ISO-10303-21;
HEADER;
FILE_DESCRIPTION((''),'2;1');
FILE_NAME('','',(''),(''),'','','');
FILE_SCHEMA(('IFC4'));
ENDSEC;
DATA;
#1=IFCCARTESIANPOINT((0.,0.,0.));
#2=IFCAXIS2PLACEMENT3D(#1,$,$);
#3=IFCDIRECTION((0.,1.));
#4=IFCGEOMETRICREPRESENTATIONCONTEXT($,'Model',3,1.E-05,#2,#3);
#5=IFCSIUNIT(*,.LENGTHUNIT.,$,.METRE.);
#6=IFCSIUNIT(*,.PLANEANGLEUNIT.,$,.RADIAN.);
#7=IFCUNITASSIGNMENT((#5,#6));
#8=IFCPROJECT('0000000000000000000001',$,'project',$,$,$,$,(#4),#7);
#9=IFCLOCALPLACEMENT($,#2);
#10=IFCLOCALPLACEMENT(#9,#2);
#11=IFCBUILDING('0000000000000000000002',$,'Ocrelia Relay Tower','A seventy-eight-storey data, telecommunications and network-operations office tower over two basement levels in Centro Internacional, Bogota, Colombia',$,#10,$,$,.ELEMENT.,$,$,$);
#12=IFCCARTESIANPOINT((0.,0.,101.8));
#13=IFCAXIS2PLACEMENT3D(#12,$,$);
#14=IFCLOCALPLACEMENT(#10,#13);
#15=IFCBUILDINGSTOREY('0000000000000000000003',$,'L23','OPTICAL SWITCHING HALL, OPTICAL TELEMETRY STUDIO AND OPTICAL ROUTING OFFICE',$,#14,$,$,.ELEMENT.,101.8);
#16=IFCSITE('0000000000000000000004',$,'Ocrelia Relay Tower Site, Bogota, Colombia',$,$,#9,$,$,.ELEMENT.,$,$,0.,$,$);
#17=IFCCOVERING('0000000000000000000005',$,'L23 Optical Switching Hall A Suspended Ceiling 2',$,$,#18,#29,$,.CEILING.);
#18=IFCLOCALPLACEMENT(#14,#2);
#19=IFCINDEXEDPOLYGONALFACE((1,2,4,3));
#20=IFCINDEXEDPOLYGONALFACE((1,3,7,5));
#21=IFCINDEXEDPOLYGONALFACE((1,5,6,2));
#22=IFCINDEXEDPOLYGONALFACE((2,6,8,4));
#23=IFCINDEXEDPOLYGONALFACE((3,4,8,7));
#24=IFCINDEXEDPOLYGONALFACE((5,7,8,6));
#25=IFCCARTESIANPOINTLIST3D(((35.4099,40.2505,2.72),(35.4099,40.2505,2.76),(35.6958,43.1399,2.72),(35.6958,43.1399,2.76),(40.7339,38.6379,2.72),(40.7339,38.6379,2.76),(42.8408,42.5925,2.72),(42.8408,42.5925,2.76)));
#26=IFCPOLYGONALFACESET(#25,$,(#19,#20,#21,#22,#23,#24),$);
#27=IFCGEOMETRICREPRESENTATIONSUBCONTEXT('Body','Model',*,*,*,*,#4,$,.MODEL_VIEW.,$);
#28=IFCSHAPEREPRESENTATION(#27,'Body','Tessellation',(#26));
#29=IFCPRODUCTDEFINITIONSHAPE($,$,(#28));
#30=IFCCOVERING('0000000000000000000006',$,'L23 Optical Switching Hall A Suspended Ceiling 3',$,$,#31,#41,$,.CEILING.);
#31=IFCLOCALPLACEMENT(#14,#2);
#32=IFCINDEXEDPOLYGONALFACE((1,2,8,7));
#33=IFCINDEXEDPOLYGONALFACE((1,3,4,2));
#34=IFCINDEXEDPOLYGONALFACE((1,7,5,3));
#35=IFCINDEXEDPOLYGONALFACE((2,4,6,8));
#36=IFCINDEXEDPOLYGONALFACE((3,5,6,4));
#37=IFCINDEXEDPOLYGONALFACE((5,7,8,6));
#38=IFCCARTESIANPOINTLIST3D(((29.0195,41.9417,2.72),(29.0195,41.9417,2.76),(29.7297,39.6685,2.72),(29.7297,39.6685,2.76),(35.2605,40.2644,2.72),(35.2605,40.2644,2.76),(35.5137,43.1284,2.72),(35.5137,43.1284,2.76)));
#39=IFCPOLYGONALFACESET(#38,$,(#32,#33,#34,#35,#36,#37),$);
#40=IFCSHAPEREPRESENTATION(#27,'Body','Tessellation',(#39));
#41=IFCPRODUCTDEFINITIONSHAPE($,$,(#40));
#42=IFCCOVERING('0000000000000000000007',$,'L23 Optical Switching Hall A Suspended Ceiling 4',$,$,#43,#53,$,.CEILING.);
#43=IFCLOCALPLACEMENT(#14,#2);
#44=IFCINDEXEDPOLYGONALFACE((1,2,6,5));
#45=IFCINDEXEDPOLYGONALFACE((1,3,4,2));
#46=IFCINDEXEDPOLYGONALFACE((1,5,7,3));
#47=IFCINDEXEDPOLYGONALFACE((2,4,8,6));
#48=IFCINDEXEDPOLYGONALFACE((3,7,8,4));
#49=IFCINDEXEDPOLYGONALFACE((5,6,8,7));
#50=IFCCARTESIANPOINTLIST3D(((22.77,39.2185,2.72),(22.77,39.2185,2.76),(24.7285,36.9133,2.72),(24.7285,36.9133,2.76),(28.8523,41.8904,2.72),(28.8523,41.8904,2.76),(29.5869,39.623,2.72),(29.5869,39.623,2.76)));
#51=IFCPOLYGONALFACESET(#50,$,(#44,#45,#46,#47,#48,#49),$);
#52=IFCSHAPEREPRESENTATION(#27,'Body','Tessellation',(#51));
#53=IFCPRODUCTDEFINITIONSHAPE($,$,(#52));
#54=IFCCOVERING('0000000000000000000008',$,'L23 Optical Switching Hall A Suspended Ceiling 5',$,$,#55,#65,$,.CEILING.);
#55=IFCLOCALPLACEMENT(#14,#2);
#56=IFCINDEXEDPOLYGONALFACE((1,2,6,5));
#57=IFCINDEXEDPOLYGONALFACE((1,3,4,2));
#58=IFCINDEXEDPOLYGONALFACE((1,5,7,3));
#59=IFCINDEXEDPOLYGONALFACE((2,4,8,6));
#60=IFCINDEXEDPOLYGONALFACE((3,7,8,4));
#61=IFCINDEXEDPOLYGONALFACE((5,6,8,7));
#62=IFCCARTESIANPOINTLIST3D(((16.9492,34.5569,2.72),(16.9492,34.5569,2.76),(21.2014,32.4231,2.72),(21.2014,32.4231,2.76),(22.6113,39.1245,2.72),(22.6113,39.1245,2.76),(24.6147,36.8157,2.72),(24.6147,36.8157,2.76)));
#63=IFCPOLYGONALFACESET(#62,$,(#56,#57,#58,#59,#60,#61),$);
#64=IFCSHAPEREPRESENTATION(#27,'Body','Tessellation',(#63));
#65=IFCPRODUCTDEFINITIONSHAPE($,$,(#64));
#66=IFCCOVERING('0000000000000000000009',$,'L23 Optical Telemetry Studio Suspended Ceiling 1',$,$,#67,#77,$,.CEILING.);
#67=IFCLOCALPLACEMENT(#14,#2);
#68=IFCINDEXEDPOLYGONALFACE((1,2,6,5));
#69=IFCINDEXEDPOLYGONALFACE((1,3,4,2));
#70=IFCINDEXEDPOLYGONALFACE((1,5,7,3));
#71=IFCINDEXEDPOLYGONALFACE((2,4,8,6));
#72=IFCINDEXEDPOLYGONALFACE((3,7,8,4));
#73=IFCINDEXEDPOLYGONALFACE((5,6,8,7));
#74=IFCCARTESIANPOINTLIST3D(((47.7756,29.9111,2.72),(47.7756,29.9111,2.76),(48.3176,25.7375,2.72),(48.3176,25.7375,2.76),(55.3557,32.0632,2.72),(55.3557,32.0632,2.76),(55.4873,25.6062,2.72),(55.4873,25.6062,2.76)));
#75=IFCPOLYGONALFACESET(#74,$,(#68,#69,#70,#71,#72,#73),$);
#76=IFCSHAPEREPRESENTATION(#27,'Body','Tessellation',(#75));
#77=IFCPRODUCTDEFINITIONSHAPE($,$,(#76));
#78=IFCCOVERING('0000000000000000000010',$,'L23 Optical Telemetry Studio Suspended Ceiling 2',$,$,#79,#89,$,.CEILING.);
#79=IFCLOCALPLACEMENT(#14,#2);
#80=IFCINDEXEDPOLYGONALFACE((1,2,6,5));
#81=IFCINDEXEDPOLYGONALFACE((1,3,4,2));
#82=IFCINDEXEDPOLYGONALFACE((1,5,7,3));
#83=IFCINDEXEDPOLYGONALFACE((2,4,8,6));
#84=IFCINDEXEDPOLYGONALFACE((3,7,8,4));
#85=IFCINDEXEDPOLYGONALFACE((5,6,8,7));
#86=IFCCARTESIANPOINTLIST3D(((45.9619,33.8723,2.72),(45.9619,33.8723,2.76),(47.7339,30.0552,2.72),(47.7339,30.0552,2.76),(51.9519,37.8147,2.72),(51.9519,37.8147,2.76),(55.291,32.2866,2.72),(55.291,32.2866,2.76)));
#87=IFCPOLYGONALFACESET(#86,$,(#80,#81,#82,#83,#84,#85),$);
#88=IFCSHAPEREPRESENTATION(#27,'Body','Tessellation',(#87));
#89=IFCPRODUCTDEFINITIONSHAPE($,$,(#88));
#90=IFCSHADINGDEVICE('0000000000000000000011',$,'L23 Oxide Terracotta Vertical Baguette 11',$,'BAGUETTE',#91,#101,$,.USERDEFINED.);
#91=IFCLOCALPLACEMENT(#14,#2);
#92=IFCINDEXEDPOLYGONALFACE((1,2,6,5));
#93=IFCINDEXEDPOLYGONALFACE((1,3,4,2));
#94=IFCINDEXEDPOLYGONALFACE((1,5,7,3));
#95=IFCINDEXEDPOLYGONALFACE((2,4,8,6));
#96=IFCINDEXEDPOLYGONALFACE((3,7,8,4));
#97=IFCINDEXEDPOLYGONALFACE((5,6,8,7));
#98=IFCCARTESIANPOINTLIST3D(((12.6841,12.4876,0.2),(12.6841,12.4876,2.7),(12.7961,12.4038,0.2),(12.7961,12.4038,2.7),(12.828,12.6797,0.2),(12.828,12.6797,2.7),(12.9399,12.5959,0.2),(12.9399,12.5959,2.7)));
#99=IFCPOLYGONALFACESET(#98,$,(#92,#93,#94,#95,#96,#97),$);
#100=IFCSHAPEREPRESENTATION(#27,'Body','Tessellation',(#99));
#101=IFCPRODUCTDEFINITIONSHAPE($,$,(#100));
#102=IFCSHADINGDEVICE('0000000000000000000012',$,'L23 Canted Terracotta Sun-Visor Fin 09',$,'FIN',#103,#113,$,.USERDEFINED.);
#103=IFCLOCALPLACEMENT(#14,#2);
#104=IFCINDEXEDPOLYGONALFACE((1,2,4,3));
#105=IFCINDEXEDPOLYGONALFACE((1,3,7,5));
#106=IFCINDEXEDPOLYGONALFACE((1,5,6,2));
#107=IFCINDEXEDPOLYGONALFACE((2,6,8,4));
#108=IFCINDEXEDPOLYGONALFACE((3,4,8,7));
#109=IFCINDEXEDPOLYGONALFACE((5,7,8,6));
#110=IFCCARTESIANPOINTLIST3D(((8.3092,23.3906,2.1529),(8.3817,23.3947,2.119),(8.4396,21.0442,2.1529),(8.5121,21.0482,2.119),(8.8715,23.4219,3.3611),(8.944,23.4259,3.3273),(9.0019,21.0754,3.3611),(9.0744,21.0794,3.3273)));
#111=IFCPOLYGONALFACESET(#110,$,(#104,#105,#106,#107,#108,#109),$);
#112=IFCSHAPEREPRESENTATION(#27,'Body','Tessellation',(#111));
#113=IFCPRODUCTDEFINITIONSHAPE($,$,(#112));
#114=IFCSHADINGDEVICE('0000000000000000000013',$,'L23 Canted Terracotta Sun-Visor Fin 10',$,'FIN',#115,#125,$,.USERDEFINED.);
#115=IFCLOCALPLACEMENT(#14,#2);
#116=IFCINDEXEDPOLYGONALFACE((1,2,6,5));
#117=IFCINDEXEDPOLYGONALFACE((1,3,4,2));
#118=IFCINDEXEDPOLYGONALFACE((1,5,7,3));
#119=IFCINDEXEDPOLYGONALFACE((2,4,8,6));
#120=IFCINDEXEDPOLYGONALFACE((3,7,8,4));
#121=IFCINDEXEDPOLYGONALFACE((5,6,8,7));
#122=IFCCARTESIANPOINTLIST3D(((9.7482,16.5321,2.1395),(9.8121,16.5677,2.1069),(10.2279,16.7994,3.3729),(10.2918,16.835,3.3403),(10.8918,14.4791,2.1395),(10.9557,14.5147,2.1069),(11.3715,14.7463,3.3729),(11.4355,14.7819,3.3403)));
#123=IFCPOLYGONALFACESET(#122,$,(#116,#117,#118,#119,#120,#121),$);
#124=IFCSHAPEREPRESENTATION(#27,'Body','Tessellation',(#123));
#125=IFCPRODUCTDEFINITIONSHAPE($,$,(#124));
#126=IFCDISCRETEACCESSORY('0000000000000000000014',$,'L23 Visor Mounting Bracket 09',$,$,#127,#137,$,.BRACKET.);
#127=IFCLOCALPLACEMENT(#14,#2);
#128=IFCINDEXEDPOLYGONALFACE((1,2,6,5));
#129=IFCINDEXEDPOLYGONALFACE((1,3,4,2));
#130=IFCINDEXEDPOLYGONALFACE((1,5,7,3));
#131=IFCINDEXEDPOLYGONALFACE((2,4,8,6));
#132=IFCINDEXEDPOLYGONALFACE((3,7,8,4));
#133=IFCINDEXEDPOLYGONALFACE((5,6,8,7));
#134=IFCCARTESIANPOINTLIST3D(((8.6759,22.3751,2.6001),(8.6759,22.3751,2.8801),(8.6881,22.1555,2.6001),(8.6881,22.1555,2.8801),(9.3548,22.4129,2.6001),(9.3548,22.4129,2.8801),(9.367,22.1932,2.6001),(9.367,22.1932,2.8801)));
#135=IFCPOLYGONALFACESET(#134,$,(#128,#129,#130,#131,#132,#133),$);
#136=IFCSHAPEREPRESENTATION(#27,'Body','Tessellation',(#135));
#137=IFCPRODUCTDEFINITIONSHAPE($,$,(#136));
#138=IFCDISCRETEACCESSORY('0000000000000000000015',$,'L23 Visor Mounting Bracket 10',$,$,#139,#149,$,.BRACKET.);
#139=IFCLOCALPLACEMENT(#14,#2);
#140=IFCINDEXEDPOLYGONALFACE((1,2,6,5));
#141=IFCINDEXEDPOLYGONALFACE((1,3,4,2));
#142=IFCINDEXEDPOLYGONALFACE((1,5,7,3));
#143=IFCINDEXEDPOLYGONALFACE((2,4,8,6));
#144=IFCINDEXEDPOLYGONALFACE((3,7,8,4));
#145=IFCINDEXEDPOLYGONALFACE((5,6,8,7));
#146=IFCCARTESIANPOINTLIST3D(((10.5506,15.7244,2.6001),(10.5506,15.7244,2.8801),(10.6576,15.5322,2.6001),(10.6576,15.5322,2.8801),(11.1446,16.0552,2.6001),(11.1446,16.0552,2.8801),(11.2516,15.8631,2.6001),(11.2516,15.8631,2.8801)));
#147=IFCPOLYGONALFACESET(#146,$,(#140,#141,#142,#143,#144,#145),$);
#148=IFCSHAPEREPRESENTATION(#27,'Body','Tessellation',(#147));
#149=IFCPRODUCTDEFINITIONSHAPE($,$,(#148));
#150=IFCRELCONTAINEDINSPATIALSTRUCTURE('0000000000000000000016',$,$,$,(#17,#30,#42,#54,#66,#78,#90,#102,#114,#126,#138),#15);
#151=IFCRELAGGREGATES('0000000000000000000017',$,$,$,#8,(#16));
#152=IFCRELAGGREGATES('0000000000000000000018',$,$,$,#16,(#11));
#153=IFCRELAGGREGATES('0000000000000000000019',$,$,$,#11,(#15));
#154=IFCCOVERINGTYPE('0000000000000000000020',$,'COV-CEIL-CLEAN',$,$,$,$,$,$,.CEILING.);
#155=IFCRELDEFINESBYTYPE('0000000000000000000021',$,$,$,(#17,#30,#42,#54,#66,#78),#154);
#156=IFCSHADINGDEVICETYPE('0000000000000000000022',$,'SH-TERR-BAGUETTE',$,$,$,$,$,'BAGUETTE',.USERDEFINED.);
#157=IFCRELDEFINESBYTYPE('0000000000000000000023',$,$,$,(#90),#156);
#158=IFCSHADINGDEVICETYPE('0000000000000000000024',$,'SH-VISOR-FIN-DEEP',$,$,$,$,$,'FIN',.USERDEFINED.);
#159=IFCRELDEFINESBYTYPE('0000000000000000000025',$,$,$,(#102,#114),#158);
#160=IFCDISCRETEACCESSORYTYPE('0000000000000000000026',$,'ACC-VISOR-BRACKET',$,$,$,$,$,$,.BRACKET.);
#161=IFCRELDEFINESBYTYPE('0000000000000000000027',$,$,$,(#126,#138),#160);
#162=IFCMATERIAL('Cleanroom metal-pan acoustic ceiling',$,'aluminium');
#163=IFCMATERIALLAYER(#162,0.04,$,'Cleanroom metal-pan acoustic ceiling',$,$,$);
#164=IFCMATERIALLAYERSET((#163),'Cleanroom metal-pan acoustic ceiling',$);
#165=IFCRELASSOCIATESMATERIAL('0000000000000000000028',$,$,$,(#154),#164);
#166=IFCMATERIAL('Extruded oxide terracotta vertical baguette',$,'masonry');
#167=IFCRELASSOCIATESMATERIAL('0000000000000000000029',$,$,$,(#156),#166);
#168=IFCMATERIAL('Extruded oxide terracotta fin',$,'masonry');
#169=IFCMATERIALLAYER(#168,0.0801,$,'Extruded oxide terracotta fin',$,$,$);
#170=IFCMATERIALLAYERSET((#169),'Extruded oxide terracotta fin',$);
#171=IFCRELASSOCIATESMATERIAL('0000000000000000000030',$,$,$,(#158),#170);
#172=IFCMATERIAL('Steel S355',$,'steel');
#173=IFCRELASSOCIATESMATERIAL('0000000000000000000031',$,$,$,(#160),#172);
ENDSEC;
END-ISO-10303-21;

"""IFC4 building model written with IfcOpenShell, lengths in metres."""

from ifc_helpers import new_model, si_unit, direction, frame, origin, origin_2d, place, context, subcontext, project, spatial, polyline, rectangle, outline, extrude, material, layer, layer_set, type_object, element, save


model = new_model("IFC4")

# Units and contexts
model_context = context("Model", 3, precision=1e-05, world=origin(), true_north=direction((0.0, 1.0)))
body_context = subcontext(model_context, "Body", "Model", "MODEL_VIEW")
ifc_project = project(units=[si_unit("LENGTHUNIT", "METRE"), si_unit("PLANEANGLEUNIT", "RADIAN")], contexts=[model_context])

# Site, building, storey
site_placement = place(None, origin())
site = spatial("IfcSite", under=ifc_project, at=site_placement, Name="Ocrelia Relay Tower Site, Bogota, Colombia", CompositionType="ELEMENT", RefElevation=0.0)
building_placement = place(site_placement, origin())
building = spatial("IfcBuilding", under=site, at=building_placement, Name="Ocrelia Relay Tower", Description="A seventy-eight-storey data, telecommunications and network-operations office tower over two basement levels in Centro Internacional, Bogota, Colombia", CompositionType="ELEMENT")
storey_placement = place(building_placement, frame((0.0, 0.0, 101.8)))
storey = spatial("IfcBuildingStorey", under=building, at=storey_placement, Name="L23", Description="OPTICAL SWITCHING HALL, OPTICAL TELEMETRY STUDIO AND OPTICAL ROUTING OFFICE", CompositionType="ELEMENT", Elevation=101.8)

# Coverings
ifc_material_1 = material(Name="Cleanroom metal-pan acoustic ceiling", Category="aluminium")
ifc_layer_1 = layer(ifc_material_1, 0.04, Name="Cleanroom metal-pan acoustic ceiling")
ifc_layer_set_1 = layer_set([ifc_layer_1], Name="Cleanroom metal-pan acoustic ceiling")
covering_type = type_object("IfcCoveringType", Name="COV-CEIL-CLEAN", PredefinedType="CEILING", material=ifc_layer_set_1)
covering_1_placement = place(storey_placement, frame((0.0, 0.0, 2.72)))
element("IfcCovering", 1, at=covering_1_placement, inside=storey, type_object=covering_type, Name="L23 Optical Switching Hall A Suspended Ceiling 2", PredefinedType="CEILING", context=body_context, shape_type="SweptSolid", body=[
    extrude(outline(polyline([(40.7339, 38.6379), (42.8408, 42.5925), (35.6958, 43.1399), (35.4099, 40.2505), (40.7339, 38.6379)])), origin(), (0.0, 0.0, 1.0), 0.04),
])
covering_2_placement = place(storey_placement, frame((0.0, 0.0, 2.72)))
element("IfcCovering", 2, at=covering_2_placement, inside=storey, type_object=covering_type, Name="L23 Optical Switching Hall A Suspended Ceiling 3", PredefinedType="CEILING", context=body_context, shape_type="SweptSolid", body=[
    extrude(outline(polyline([(35.2605, 40.2644), (35.5137, 43.1284), (29.0195, 41.9417), (29.7297, 39.6685), (35.2605, 40.2644)])), origin(), (0.0, 0.0, 1.0), 0.04),
])
covering_3_placement = place(storey_placement, frame((0.0, 0.0, 2.72)))
element("IfcCovering", 3, at=covering_3_placement, inside=storey, type_object=covering_type, Name="L23 Optical Switching Hall A Suspended Ceiling 4", PredefinedType="CEILING", context=body_context, shape_type="SweptSolid", body=[
    extrude(outline(polyline([(29.5869, 39.623), (28.8523, 41.8904), (22.77, 39.2185), (24.7285, 36.9133), (29.5869, 39.623)])), origin(), (0.0, 0.0, 1.0), 0.04),
])
covering_4_placement = place(storey_placement, frame((0.0, 0.0, 2.72)))
element("IfcCovering", 4, at=covering_4_placement, inside=storey, type_object=covering_type, Name="L23 Optical Switching Hall A Suspended Ceiling 5", PredefinedType="CEILING", context=body_context, shape_type="SweptSolid", body=[
    extrude(outline(polyline([(24.6147, 36.8157), (22.6113, 39.1245), (16.9492, 34.5569), (21.2014, 32.4231), (24.6147, 36.8157)])), origin(), (0.0, 0.0, 1.0), 0.04),
])
covering_5_placement = place(storey_placement, frame((0.0, 0.0, 2.72)))
element("IfcCovering", 5, at=covering_5_placement, inside=storey, type_object=covering_type, Name="L23 Optical Telemetry Studio Suspended Ceiling 1", PredefinedType="CEILING", context=body_context, shape_type="SweptSolid", body=[
    extrude(outline(polyline([(48.3176, 25.7375), (55.4873, 25.6062), (55.3557, 32.0632), (47.7756, 29.9111), (48.3176, 25.7375)])), origin(), (0.0, 0.0, 1.0), 0.04),
])
covering_6_placement = place(storey_placement, frame((0.0, 0.0, 2.72)))
element("IfcCovering", 6, at=covering_6_placement, inside=storey, type_object=covering_type, Name="L23 Optical Telemetry Studio Suspended Ceiling 2", PredefinedType="CEILING", context=body_context, shape_type="SweptSolid", body=[
    extrude(outline(polyline([(47.7339, 30.0552), (55.291, 32.2866), (51.9519, 37.8147), (45.9619, 33.8723), (47.7339, 30.0552)])), origin(), (0.0, 0.0, 1.0), 0.04),
])

# Shading devices
ifc_material_2 = material(Name="Extruded oxide terracotta vertical baguette", Category="masonry")
shading_device_type_1 = type_object("IfcShadingDeviceType", Name="SH-TERR-BAGUETTE", ElementType="BAGUETTE", PredefinedType="USERDEFINED", material=ifc_material_2)
shading_device_1_placement = place(storey_placement, frame((12.812, 12.5417, 0.2), z_axis=(0.0, 0.0, 1.0), x_axis=(0.800414, -0.599447, 0.0)))
element("IfcShadingDevice", 7, at=shading_device_1_placement, inside=storey, type_object=shading_device_type_1, Name="L23 Oxide Terracotta Vertical Baguette 11", ObjectType="BAGUETTE", PredefinedType="USERDEFINED", context=body_context, shape_type="SweptSolid", body=[
    extrude(rectangle(XDim=0.1399, YDim=0.24, at=origin_2d()), origin(), (0.0, 0.0, 1.0), 2.5),
])
ifc_material_3 = material(Name="Extruded oxide terracotta fin", Category="masonry")
ifc_layer_2 = layer(ifc_material_3, 0.0801, Name="Extruded oxide terracotta fin")
ifc_layer_set_2 = layer_set([ifc_layer_2], Name="Extruded oxide terracotta fin")
shading_device_type_2 = type_object("IfcShadingDeviceType", Name="SH-VISOR-FIN-DEEP", ElementType="FIN", PredefinedType="USERDEFINED", material=ifc_layer_set_2)
shading_device_2_placement = place(storey_placement, frame((8.728, 22.2371, 2.7231), z_axis=(-0.904985, -0.050292, 0.42246), x_axis=(0.055487, -0.998459, 0.0)))
element("IfcShadingDevice", 8, at=shading_device_2_placement, inside=storey, type_object=shading_device_type_2, Name="L23 Canted Terracotta Sun-Visor Fin 09", ObjectType="FIN", PredefinedType="USERDEFINED", context=body_context, shape_type="SweptSolid", body=[
    extrude(rectangle(XDim=2.3501, YDim=1.333, at=origin_2d()), origin(), (0.0, 0.0, 1.0), 0.0801),
])
shading_device_3_placement = place(storey_placement, frame((10.6238, 15.6748, 2.7236), z_axis=(-0.798084, -0.444553, 0.406737), x_axis=(0.486624, -0.873612, 0.0)))
element("IfcShadingDevice", 9, at=shading_device_3_placement, inside=storey, type_object=shading_device_type_2, Name="L23 Canted Terracotta Sun-Visor Fin 10", ObjectType="FIN", PredefinedType="USERDEFINED", context=body_context, shape_type="SweptSolid", body=[
    extrude(rectangle(XDim=2.3501, YDim=1.3501, at=origin_2d()), origin(), (0.0, 0.0, 1.0), 0.0801),
])

# Discrete accessories
ifc_material_4 = material(Name="Steel S355", Category="steel")
discrete_accessory_type = type_object("IfcDiscreteAccessoryType", Name="ACC-VISOR-BRACKET", PredefinedType="BRACKET", material=ifc_material_4)
for number, where, z_axis, x_axis, name in (
    (10, (9.0215, 22.2842, 2.6001), (0.0, 0.0, 1.0), (0.055487, -0.998459, 0.0), "L23 Visor Mounting Bracket 09"),
    (11, (10.9011, 15.7937, 2.6001), (0.0, 0.0, 1.0), (0.486624, -0.873612, 0.0), "L23 Visor Mounting Bracket 10"),
):
    element("IfcDiscreteAccessory", number, at=place(storey_placement, frame(where, z_axis=z_axis, x_axis=x_axis)), inside=storey, type_object=discrete_accessory_type, Name=name, PredefinedType="BRACKET", context=body_context, shape_type="SweptSolid", body=[
        extrude(rectangle(XDim=0.22, YDim=0.6799, at=origin_2d()), origin(), (0.0, 0.0, 1.0), 0.28),
    ])

save(model, "model.ifc")
